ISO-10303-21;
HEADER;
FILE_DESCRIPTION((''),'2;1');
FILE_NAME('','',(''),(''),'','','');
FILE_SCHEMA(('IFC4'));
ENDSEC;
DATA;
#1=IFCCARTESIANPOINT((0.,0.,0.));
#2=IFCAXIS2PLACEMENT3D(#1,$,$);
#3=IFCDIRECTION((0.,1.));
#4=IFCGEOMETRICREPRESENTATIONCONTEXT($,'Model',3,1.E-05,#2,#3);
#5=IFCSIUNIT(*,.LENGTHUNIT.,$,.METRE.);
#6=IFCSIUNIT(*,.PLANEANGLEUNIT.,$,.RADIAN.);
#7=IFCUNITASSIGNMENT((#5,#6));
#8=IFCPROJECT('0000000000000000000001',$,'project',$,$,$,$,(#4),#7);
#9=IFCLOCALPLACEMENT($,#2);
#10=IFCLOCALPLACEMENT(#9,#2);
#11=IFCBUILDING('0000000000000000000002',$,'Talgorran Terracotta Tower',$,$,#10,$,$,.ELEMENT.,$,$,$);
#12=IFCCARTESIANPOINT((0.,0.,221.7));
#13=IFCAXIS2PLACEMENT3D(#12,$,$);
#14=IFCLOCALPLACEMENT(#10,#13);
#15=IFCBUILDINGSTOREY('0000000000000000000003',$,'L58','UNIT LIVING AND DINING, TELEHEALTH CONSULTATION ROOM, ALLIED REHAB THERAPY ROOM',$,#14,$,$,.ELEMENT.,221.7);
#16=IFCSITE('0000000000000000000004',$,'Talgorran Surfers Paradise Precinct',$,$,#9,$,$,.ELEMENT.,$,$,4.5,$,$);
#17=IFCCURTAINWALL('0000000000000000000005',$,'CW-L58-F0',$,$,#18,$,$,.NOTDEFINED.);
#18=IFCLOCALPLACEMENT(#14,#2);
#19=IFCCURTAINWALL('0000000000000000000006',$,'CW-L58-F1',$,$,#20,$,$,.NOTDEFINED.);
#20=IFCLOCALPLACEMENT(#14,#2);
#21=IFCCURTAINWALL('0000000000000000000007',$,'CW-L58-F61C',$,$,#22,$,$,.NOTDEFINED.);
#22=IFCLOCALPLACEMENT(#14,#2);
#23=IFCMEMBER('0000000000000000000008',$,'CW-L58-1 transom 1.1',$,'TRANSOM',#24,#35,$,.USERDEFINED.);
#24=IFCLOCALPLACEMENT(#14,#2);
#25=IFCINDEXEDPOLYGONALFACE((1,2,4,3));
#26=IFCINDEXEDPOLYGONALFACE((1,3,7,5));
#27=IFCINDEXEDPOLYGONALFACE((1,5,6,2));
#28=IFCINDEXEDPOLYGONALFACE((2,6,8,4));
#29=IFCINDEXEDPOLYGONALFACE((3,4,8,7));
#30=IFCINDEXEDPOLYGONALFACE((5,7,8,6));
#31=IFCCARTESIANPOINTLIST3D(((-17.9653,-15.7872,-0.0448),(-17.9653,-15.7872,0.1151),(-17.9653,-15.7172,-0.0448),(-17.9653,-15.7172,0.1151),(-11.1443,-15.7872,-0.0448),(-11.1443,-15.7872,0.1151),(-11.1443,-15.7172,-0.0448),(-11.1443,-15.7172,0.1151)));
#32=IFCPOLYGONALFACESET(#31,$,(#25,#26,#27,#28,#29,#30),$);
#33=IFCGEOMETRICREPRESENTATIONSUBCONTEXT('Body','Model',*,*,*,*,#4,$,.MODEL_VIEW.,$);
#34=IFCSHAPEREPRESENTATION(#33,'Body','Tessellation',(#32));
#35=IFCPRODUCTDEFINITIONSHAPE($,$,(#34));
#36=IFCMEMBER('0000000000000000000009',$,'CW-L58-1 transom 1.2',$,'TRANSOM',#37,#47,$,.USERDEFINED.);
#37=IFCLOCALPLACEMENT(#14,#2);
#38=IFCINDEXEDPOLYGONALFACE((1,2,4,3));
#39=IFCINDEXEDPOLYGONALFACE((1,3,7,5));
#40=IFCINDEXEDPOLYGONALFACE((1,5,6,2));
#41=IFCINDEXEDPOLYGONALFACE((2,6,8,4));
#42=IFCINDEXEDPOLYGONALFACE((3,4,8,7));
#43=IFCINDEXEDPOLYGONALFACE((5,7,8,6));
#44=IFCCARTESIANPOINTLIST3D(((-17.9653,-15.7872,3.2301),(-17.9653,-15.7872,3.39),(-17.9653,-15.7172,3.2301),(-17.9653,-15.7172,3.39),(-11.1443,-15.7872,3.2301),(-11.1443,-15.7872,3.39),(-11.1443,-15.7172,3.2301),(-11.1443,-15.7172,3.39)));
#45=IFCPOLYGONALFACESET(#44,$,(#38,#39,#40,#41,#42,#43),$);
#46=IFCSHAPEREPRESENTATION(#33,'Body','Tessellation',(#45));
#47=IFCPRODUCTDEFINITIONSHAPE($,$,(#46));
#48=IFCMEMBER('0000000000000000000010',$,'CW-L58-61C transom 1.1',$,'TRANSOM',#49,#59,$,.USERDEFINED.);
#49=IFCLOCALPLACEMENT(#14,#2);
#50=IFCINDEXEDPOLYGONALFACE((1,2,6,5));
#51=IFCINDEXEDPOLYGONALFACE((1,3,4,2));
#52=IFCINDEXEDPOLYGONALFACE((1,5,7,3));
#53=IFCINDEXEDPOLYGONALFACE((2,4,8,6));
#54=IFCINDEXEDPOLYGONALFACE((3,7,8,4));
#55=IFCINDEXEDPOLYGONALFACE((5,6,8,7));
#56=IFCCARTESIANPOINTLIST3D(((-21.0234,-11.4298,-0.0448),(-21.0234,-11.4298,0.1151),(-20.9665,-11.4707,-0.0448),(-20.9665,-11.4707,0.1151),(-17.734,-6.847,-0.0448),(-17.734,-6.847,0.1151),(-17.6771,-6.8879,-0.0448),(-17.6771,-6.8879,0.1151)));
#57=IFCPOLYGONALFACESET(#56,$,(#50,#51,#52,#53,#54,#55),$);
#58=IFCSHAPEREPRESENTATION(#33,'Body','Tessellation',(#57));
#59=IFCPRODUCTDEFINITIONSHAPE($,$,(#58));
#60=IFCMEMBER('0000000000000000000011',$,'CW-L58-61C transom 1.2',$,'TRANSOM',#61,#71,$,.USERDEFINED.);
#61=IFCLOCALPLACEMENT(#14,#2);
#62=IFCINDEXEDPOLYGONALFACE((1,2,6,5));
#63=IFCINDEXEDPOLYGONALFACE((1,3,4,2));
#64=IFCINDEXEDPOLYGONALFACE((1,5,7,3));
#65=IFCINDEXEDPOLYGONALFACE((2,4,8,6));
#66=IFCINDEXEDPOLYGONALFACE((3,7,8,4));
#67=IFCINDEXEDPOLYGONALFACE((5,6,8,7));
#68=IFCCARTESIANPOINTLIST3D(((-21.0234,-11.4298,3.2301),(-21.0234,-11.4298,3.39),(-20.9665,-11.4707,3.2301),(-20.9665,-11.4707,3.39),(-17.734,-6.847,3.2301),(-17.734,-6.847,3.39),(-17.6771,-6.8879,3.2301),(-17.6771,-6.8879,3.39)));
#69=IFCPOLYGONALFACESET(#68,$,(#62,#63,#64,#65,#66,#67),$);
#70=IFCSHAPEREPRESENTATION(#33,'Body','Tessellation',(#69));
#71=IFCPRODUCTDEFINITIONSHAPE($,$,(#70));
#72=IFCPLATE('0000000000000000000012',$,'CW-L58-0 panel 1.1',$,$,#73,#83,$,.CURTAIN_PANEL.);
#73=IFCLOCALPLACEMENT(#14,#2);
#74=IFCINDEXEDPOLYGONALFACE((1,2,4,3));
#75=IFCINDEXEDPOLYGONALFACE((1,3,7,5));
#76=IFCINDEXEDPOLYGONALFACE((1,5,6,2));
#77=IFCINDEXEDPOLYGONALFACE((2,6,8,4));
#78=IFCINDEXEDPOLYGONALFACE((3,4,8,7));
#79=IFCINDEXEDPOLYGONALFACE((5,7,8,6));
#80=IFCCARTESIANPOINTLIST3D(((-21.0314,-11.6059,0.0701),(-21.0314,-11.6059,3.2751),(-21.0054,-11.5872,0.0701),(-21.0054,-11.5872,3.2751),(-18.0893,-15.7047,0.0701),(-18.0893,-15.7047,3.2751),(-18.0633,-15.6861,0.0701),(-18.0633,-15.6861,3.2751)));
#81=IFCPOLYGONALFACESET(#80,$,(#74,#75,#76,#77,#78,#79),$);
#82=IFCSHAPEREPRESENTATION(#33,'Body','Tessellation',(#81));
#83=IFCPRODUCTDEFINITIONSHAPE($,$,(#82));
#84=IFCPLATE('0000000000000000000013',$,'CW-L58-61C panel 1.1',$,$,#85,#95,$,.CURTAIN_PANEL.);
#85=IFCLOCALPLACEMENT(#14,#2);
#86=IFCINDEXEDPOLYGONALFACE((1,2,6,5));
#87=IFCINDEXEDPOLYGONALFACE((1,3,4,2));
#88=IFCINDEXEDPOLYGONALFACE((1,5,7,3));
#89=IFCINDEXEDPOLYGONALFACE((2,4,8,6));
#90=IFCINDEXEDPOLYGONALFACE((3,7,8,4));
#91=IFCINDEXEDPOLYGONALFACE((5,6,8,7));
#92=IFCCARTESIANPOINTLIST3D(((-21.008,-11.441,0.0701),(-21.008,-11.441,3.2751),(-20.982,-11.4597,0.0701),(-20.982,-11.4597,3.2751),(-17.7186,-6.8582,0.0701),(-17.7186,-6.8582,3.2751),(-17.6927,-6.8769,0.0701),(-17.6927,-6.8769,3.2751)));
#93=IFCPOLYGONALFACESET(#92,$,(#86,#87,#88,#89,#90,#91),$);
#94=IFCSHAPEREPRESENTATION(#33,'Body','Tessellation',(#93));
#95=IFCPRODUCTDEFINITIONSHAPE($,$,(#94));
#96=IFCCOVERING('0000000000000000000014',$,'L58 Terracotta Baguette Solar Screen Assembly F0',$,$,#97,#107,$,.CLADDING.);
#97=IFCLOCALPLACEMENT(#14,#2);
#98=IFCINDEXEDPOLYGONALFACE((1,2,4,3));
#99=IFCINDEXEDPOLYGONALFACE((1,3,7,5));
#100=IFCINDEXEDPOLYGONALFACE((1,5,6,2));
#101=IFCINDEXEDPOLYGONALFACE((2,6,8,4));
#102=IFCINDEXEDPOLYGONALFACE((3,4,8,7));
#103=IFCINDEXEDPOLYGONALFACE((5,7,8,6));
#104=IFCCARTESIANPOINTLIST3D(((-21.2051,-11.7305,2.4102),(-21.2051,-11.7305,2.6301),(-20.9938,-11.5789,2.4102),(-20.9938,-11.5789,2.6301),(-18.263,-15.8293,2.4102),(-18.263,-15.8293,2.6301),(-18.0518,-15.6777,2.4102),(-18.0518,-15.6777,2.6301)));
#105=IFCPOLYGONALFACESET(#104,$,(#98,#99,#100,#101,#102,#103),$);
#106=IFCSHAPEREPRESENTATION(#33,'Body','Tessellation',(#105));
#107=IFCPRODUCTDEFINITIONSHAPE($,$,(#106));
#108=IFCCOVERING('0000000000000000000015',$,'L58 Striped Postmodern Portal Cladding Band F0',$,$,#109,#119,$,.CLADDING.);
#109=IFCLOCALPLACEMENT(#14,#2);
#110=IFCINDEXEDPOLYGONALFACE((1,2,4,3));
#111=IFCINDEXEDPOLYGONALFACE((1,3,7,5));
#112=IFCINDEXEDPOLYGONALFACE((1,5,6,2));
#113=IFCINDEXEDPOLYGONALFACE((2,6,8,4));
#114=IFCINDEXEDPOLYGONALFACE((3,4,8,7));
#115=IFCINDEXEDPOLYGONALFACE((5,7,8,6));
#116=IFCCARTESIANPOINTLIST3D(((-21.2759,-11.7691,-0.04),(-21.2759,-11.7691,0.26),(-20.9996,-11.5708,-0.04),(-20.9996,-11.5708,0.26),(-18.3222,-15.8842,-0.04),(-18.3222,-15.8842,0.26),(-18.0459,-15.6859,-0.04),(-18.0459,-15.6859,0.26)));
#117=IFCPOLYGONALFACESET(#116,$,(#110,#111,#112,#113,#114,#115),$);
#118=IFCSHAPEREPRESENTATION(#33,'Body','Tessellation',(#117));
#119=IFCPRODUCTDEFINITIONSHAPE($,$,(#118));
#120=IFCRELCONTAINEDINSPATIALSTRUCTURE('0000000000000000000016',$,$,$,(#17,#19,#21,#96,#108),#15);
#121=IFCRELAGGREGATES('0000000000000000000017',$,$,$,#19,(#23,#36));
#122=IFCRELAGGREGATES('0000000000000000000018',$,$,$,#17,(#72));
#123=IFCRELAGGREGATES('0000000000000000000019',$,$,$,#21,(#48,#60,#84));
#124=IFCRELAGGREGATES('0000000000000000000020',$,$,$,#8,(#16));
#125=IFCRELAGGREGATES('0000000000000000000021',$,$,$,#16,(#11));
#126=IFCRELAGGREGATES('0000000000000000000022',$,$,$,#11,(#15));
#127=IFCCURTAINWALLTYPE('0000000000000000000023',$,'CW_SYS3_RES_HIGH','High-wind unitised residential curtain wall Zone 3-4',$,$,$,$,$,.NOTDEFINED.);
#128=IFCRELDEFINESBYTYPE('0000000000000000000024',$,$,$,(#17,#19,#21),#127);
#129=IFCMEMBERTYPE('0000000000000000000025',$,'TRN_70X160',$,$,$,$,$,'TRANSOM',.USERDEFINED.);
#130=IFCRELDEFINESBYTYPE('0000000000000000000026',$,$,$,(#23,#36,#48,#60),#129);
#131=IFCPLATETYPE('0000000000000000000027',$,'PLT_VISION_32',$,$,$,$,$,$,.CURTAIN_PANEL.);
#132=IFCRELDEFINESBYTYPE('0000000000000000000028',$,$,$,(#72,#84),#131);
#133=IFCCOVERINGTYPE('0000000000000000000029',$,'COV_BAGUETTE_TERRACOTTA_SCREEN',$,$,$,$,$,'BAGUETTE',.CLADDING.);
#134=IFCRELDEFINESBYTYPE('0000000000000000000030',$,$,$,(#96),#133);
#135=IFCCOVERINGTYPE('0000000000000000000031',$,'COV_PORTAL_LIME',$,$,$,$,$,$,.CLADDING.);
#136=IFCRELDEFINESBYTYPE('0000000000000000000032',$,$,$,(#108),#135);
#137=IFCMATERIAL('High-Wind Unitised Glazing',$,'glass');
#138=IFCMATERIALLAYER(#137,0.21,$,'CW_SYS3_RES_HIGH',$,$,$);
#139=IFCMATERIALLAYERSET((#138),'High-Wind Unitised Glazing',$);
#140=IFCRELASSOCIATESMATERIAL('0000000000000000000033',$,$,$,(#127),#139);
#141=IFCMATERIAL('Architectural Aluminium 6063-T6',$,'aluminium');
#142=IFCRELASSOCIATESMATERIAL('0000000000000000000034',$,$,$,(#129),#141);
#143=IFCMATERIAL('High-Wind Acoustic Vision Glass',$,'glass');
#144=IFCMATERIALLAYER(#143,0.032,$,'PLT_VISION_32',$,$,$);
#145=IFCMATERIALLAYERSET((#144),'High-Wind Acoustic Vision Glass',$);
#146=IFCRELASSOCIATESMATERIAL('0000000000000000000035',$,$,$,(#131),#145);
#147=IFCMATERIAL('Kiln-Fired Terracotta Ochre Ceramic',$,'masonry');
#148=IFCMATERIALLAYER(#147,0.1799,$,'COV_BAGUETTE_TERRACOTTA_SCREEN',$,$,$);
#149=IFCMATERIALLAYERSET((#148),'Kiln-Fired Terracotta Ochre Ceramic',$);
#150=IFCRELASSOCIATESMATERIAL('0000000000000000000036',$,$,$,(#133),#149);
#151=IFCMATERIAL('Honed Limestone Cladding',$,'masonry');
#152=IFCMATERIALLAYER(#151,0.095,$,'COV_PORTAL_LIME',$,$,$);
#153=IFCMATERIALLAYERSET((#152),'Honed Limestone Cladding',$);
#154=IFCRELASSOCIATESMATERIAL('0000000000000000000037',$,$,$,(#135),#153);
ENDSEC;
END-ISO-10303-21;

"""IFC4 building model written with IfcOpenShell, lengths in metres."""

from ifc_helpers import new_model, si_unit, direction, frame, origin, origin_2d, place, context, subcontext, project, spatial, rectangle, extrude, source, transform, mapped, material, layer, layer_set, material_profile, profile_set, type_object, type_shapes, element, aggregate, save


model = new_model("IFC4")

# Units and contexts
model_context = context("Model", 3, precision=1e-05, world=origin(), true_north=direction((0.0, 1.0)))
body_context = subcontext(model_context, "Body", "Model", "MODEL_VIEW")
ifc_project = project(units=[si_unit("LENGTHUNIT", "METRE"), si_unit("PLANEANGLEUNIT", "RADIAN")], contexts=[model_context])

# Site, building, storey
site_placement = place(None, origin())
site = spatial("IfcSite", under=ifc_project, at=site_placement, Name="Talgorran Surfers Paradise Precinct", CompositionType="ELEMENT", RefElevation=4.5)
building_placement = place(site_placement, origin())
building = spatial("IfcBuilding", under=site, at=building_placement, Name="Talgorran Terracotta Tower", CompositionType="ELEMENT")
storey_placement = place(building_placement, frame((0.0, 0.0, 221.7)))
storey = spatial("IfcBuildingStorey", under=building, at=storey_placement, Name="L58", Description="UNIT LIVING AND DINING, TELEHEALTH CONSULTATION ROOM, ALLIED REHAB THERAPY ROOM", CompositionType="ELEMENT", Elevation=221.7)

# Curtain wall
ifc_material_1 = material(Name="High-Wind Unitised Glazing", Category="glass")
ifc_layer_1 = layer(ifc_material_1, 0.21, Name="CW_SYS3_RES_HIGH")
ifc_layer_set_1 = layer_set([ifc_layer_1], Name="High-Wind Unitised Glazing")
curtain_wall_type = type_object("IfcCurtainWallType", Name="CW_SYS3_RES_HIGH", Description="High-wind unitised residential curtain wall Zone 3-4", PredefinedType="NOTDEFINED", material=ifc_layer_set_1)
curtain_wall_1_placement = place(storey_placement, origin())
curtain_wall_1 = element("IfcCurtainWall", 1, at=curtain_wall_1_placement, inside=storey, type_object=curtain_wall_type, Name="CW-L58-F0", PredefinedType="NOTDEFINED")
ifc_material_2 = material(Name="Architectural Aluminium 6063-T6", Category="aluminium")

# Curtain wall
curtain_wall_2_placement = place(storey_placement, origin())
curtain_wall_2 = element("IfcCurtainWall", 2, at=curtain_wall_2_placement, inside=storey, type_object=curtain_wall_type, Name="CW-L58-F1", PredefinedType="NOTDEFINED")

# Curtain wall
curtain_wall_3_placement = place(storey_placement, origin())
curtain_wall_3 = element("IfcCurtainWall", 3, at=curtain_wall_3_placement, inside=storey, type_object=curtain_wall_type, Name="CW-L58-F61C", PredefinedType="NOTDEFINED")

# Members
ifc_material_profile_1 = material_profile(ifc_material_2, rectangle(XDim=0.0701, YDim=0.1599, at=origin_2d()), Name="CWT70X160")
ifc_profile_set_1 = profile_set([ifc_material_profile_1], Name="Architectural Aluminium 6063-T6")
member_type_1 = type_object("IfcMemberType", Name="TRN_70X160", ElementType="TRANSOM", PredefinedType="USERDEFINED", material=ifc_profile_set_1)
member_1_placement = place(storey_placement, frame((-17.9653, -15.7522, 0.0352), z_axis=(1.0, 0.0, 0.0), x_axis=(0.0, 1.0, 0.0)))
member_1 = element("IfcMember", 4, at=member_1_placement, type_object=member_type_1, Name="CW-L58-1 transom 1.1", ObjectType="TRANSOM", PredefinedType="USERDEFINED", context=body_context, shape_type="SweptSolid", body=[
    extrude(rectangle(XDim=0.0701, YDim=0.1599, at=origin_2d()), origin(), (0.0, 0.0, 1.0), 6.821),
])
member_2_placement = place(storey_placement, frame((-17.9653, -15.7522, 3.3101), z_axis=(1.0, 0.0, 0.0), x_axis=(0.0, 1.0, 0.0)))
member_2 = element("IfcMember", 5, at=member_2_placement, type_object=member_type_1, Name="CW-L58-1 transom 1.2", ObjectType="TRANSOM", PredefinedType="USERDEFINED", context=body_context, shape_type="SweptSolid", body=[
    extrude(rectangle(XDim=0.0701, YDim=0.1599, at=origin_2d()), origin(), (0.0, 0.0, 1.0), 6.821),
])
aggregate(curtain_wall_2, [member_1, member_2])
member_3_placement = place(storey_placement, frame((-17.7056, -6.8674, 0.0352), z_axis=(-0.583104, -0.812398, 0.0), x_axis=(0.812398, -0.583104, 0.0)))
member_3 = element("IfcMember", 6, at=member_3_placement, type_object=member_type_1, Name="CW-L58-61C transom 1.1", ObjectType="TRANSOM", PredefinedType="USERDEFINED", context=body_context, shape_type="SweptSolid", body=[
    extrude(rectangle(XDim=0.0701, YDim=0.1599, at=origin_2d()), origin(), (0.0, 0.0, 1.0), 5.6411),
])
member_4_placement = place(storey_placement, frame((-17.7056, -6.8674, 3.3101), z_axis=(-0.583104, -0.812398, 0.0), x_axis=(0.812398, -0.583104, 0.0)))
member_4 = element("IfcMember", 7, at=member_4_placement, type_object=member_type_1, Name="CW-L58-61C transom 1.2", ObjectType="TRANSOM", PredefinedType="USERDEFINED", context=body_context, shape_type="SweptSolid", body=[
    extrude(rectangle(XDim=0.0701, YDim=0.1599, at=origin_2d()), origin(), (0.0, 0.0, 1.0), 5.6411),
])

# Plates
ifc_material_3 = material(Name="High-Wind Acoustic Vision Glass", Category="glass")
ifc_layer_2 = layer(ifc_material_3, 0.032, Name="PLT_VISION_32")
ifc_layer_set_2 = layer_set([ifc_layer_2], Name="High-Wind Acoustic Vision Glass")
plate_type = type_object("IfcPlateType", Name="PLT_VISION_32", PredefinedType="CURTAIN_PANEL", material=ifc_layer_set_2)
shared_shape_1 = source(origin(), body_context, "Body", "SweptSolid", [
    extrude(rectangle(XDim=5.0454, YDim=0.032, at=origin_2d()), origin(), (0.0, 0.0, 1.0), 3.2051),
])
plate_1_placement = place(storey_placement, frame((-19.5474, -13.646, 0.0701), z_axis=(0.0, 0.0, 1.0), x_axis=(0.583114, -0.81239, 0.0)))
plate_1 = element("IfcPlate", 8, at=plate_1_placement, type_object=plate_type, Name="CW-L58-0 panel 1.1", PredefinedType="CURTAIN_PANEL", context=body_context, shape_type="MappedRepresentation", body=[
    mapped(shared_shape_1, transform((0.0, 0.0, 0.0), scale=1.0)),
])
aggregate(curtain_wall_1, [plate_1])
shared_shape_2 = source(origin(), body_context, "Body", "SweptSolid", [
    extrude(rectangle(XDim=5.6411, YDim=0.032, at=origin_2d()), origin(), (0.0, 0.0, 1.0), 3.2051),
])
type_shapes(plate_type, [shared_shape_1, shared_shape_2])
plate_2_placement = place(storey_placement, frame((-19.3503, -9.1589, 0.0701), z_axis=(0.0, 0.0, 1.0), x_axis=(-0.58311, -0.812393, 0.0)))
plate_2 = element("IfcPlate", 9, at=plate_2_placement, type_object=plate_type, Name="CW-L58-61C panel 1.1", PredefinedType="CURTAIN_PANEL", context=body_context, shape_type="MappedRepresentation", body=[
    mapped(shared_shape_2, transform((0.0, 0.0, 0.0), scale=1.0)),
])
aggregate(curtain_wall_3, [member_3, member_4, plate_2])

# Coverings
ifc_material_4 = material(Name="Kiln-Fired Terracotta Ochre Ceramic", Category="masonry")
ifc_layer_3 = layer(ifc_material_4, 0.1799, Name="COV_BAGUETTE_TERRACOTTA_SCREEN")
ifc_layer_set_3 = layer_set([ifc_layer_3], Name="Kiln-Fired Terracotta Ochre Ceramic")
covering_type_1 = type_object("IfcCoveringType", Name="COV_BAGUETTE_TERRACOTTA_SCREEN", ElementType="BAGUETTE", PredefinedType="CLADDING", material=ifc_layer_set_3)
covering_1_placement = place(storey_placement, frame((-19.6284, -13.7041, 2.4102), z_axis=(0.0, 0.0, 1.0), x_axis=(0.583116, -0.812389, 0.0)))
element("IfcCovering", 10, at=covering_1_placement, inside=storey, type_object=covering_type_1, Name="L58 Terracotta Baguette Solar Screen Assembly F0", PredefinedType="CLADDING", context=body_context, shape_type="SweptSolid", body=[
    extrude(rectangle(XDim=5.0454, YDim=0.26, at=origin_2d()), origin(), (0.0, 0.0, 1.0), 0.22),
])
ifc_material_5 = material(Name="Honed Limestone Cladding", Category="masonry")
ifc_layer_4 = layer(ifc_material_5, 0.095, Name="COV_PORTAL_LIME")
ifc_layer_set_4 = layer_set([ifc_layer_4], Name="Honed Limestone Cladding")
covering_type_2 = type_object("IfcCoveringType", Name="COV_PORTAL_LIME", PredefinedType="CLADDING", material=ifc_layer_set_4)
covering_2_placement = place(storey_placement, frame((-19.6609, -13.7275, -0.04), z_axis=(0.0, 0.0, 1.0), x_axis=(0.583116, -0.812389, 0.0)))
element("IfcCovering", 11, at=covering_2_placement, inside=storey, type_object=covering_type_2, Name="L58 Striped Postmodern Portal Cladding Band F0", PredefinedType="CLADDING", context=body_context, shape_type="SweptSolid", body=[
    extrude(rectangle(XDim=5.0654, YDim=0.3401, at=origin_2d()), origin(), (0.0, 0.0, 1.0), 0.3),
])

save(model, "model.ifc")
